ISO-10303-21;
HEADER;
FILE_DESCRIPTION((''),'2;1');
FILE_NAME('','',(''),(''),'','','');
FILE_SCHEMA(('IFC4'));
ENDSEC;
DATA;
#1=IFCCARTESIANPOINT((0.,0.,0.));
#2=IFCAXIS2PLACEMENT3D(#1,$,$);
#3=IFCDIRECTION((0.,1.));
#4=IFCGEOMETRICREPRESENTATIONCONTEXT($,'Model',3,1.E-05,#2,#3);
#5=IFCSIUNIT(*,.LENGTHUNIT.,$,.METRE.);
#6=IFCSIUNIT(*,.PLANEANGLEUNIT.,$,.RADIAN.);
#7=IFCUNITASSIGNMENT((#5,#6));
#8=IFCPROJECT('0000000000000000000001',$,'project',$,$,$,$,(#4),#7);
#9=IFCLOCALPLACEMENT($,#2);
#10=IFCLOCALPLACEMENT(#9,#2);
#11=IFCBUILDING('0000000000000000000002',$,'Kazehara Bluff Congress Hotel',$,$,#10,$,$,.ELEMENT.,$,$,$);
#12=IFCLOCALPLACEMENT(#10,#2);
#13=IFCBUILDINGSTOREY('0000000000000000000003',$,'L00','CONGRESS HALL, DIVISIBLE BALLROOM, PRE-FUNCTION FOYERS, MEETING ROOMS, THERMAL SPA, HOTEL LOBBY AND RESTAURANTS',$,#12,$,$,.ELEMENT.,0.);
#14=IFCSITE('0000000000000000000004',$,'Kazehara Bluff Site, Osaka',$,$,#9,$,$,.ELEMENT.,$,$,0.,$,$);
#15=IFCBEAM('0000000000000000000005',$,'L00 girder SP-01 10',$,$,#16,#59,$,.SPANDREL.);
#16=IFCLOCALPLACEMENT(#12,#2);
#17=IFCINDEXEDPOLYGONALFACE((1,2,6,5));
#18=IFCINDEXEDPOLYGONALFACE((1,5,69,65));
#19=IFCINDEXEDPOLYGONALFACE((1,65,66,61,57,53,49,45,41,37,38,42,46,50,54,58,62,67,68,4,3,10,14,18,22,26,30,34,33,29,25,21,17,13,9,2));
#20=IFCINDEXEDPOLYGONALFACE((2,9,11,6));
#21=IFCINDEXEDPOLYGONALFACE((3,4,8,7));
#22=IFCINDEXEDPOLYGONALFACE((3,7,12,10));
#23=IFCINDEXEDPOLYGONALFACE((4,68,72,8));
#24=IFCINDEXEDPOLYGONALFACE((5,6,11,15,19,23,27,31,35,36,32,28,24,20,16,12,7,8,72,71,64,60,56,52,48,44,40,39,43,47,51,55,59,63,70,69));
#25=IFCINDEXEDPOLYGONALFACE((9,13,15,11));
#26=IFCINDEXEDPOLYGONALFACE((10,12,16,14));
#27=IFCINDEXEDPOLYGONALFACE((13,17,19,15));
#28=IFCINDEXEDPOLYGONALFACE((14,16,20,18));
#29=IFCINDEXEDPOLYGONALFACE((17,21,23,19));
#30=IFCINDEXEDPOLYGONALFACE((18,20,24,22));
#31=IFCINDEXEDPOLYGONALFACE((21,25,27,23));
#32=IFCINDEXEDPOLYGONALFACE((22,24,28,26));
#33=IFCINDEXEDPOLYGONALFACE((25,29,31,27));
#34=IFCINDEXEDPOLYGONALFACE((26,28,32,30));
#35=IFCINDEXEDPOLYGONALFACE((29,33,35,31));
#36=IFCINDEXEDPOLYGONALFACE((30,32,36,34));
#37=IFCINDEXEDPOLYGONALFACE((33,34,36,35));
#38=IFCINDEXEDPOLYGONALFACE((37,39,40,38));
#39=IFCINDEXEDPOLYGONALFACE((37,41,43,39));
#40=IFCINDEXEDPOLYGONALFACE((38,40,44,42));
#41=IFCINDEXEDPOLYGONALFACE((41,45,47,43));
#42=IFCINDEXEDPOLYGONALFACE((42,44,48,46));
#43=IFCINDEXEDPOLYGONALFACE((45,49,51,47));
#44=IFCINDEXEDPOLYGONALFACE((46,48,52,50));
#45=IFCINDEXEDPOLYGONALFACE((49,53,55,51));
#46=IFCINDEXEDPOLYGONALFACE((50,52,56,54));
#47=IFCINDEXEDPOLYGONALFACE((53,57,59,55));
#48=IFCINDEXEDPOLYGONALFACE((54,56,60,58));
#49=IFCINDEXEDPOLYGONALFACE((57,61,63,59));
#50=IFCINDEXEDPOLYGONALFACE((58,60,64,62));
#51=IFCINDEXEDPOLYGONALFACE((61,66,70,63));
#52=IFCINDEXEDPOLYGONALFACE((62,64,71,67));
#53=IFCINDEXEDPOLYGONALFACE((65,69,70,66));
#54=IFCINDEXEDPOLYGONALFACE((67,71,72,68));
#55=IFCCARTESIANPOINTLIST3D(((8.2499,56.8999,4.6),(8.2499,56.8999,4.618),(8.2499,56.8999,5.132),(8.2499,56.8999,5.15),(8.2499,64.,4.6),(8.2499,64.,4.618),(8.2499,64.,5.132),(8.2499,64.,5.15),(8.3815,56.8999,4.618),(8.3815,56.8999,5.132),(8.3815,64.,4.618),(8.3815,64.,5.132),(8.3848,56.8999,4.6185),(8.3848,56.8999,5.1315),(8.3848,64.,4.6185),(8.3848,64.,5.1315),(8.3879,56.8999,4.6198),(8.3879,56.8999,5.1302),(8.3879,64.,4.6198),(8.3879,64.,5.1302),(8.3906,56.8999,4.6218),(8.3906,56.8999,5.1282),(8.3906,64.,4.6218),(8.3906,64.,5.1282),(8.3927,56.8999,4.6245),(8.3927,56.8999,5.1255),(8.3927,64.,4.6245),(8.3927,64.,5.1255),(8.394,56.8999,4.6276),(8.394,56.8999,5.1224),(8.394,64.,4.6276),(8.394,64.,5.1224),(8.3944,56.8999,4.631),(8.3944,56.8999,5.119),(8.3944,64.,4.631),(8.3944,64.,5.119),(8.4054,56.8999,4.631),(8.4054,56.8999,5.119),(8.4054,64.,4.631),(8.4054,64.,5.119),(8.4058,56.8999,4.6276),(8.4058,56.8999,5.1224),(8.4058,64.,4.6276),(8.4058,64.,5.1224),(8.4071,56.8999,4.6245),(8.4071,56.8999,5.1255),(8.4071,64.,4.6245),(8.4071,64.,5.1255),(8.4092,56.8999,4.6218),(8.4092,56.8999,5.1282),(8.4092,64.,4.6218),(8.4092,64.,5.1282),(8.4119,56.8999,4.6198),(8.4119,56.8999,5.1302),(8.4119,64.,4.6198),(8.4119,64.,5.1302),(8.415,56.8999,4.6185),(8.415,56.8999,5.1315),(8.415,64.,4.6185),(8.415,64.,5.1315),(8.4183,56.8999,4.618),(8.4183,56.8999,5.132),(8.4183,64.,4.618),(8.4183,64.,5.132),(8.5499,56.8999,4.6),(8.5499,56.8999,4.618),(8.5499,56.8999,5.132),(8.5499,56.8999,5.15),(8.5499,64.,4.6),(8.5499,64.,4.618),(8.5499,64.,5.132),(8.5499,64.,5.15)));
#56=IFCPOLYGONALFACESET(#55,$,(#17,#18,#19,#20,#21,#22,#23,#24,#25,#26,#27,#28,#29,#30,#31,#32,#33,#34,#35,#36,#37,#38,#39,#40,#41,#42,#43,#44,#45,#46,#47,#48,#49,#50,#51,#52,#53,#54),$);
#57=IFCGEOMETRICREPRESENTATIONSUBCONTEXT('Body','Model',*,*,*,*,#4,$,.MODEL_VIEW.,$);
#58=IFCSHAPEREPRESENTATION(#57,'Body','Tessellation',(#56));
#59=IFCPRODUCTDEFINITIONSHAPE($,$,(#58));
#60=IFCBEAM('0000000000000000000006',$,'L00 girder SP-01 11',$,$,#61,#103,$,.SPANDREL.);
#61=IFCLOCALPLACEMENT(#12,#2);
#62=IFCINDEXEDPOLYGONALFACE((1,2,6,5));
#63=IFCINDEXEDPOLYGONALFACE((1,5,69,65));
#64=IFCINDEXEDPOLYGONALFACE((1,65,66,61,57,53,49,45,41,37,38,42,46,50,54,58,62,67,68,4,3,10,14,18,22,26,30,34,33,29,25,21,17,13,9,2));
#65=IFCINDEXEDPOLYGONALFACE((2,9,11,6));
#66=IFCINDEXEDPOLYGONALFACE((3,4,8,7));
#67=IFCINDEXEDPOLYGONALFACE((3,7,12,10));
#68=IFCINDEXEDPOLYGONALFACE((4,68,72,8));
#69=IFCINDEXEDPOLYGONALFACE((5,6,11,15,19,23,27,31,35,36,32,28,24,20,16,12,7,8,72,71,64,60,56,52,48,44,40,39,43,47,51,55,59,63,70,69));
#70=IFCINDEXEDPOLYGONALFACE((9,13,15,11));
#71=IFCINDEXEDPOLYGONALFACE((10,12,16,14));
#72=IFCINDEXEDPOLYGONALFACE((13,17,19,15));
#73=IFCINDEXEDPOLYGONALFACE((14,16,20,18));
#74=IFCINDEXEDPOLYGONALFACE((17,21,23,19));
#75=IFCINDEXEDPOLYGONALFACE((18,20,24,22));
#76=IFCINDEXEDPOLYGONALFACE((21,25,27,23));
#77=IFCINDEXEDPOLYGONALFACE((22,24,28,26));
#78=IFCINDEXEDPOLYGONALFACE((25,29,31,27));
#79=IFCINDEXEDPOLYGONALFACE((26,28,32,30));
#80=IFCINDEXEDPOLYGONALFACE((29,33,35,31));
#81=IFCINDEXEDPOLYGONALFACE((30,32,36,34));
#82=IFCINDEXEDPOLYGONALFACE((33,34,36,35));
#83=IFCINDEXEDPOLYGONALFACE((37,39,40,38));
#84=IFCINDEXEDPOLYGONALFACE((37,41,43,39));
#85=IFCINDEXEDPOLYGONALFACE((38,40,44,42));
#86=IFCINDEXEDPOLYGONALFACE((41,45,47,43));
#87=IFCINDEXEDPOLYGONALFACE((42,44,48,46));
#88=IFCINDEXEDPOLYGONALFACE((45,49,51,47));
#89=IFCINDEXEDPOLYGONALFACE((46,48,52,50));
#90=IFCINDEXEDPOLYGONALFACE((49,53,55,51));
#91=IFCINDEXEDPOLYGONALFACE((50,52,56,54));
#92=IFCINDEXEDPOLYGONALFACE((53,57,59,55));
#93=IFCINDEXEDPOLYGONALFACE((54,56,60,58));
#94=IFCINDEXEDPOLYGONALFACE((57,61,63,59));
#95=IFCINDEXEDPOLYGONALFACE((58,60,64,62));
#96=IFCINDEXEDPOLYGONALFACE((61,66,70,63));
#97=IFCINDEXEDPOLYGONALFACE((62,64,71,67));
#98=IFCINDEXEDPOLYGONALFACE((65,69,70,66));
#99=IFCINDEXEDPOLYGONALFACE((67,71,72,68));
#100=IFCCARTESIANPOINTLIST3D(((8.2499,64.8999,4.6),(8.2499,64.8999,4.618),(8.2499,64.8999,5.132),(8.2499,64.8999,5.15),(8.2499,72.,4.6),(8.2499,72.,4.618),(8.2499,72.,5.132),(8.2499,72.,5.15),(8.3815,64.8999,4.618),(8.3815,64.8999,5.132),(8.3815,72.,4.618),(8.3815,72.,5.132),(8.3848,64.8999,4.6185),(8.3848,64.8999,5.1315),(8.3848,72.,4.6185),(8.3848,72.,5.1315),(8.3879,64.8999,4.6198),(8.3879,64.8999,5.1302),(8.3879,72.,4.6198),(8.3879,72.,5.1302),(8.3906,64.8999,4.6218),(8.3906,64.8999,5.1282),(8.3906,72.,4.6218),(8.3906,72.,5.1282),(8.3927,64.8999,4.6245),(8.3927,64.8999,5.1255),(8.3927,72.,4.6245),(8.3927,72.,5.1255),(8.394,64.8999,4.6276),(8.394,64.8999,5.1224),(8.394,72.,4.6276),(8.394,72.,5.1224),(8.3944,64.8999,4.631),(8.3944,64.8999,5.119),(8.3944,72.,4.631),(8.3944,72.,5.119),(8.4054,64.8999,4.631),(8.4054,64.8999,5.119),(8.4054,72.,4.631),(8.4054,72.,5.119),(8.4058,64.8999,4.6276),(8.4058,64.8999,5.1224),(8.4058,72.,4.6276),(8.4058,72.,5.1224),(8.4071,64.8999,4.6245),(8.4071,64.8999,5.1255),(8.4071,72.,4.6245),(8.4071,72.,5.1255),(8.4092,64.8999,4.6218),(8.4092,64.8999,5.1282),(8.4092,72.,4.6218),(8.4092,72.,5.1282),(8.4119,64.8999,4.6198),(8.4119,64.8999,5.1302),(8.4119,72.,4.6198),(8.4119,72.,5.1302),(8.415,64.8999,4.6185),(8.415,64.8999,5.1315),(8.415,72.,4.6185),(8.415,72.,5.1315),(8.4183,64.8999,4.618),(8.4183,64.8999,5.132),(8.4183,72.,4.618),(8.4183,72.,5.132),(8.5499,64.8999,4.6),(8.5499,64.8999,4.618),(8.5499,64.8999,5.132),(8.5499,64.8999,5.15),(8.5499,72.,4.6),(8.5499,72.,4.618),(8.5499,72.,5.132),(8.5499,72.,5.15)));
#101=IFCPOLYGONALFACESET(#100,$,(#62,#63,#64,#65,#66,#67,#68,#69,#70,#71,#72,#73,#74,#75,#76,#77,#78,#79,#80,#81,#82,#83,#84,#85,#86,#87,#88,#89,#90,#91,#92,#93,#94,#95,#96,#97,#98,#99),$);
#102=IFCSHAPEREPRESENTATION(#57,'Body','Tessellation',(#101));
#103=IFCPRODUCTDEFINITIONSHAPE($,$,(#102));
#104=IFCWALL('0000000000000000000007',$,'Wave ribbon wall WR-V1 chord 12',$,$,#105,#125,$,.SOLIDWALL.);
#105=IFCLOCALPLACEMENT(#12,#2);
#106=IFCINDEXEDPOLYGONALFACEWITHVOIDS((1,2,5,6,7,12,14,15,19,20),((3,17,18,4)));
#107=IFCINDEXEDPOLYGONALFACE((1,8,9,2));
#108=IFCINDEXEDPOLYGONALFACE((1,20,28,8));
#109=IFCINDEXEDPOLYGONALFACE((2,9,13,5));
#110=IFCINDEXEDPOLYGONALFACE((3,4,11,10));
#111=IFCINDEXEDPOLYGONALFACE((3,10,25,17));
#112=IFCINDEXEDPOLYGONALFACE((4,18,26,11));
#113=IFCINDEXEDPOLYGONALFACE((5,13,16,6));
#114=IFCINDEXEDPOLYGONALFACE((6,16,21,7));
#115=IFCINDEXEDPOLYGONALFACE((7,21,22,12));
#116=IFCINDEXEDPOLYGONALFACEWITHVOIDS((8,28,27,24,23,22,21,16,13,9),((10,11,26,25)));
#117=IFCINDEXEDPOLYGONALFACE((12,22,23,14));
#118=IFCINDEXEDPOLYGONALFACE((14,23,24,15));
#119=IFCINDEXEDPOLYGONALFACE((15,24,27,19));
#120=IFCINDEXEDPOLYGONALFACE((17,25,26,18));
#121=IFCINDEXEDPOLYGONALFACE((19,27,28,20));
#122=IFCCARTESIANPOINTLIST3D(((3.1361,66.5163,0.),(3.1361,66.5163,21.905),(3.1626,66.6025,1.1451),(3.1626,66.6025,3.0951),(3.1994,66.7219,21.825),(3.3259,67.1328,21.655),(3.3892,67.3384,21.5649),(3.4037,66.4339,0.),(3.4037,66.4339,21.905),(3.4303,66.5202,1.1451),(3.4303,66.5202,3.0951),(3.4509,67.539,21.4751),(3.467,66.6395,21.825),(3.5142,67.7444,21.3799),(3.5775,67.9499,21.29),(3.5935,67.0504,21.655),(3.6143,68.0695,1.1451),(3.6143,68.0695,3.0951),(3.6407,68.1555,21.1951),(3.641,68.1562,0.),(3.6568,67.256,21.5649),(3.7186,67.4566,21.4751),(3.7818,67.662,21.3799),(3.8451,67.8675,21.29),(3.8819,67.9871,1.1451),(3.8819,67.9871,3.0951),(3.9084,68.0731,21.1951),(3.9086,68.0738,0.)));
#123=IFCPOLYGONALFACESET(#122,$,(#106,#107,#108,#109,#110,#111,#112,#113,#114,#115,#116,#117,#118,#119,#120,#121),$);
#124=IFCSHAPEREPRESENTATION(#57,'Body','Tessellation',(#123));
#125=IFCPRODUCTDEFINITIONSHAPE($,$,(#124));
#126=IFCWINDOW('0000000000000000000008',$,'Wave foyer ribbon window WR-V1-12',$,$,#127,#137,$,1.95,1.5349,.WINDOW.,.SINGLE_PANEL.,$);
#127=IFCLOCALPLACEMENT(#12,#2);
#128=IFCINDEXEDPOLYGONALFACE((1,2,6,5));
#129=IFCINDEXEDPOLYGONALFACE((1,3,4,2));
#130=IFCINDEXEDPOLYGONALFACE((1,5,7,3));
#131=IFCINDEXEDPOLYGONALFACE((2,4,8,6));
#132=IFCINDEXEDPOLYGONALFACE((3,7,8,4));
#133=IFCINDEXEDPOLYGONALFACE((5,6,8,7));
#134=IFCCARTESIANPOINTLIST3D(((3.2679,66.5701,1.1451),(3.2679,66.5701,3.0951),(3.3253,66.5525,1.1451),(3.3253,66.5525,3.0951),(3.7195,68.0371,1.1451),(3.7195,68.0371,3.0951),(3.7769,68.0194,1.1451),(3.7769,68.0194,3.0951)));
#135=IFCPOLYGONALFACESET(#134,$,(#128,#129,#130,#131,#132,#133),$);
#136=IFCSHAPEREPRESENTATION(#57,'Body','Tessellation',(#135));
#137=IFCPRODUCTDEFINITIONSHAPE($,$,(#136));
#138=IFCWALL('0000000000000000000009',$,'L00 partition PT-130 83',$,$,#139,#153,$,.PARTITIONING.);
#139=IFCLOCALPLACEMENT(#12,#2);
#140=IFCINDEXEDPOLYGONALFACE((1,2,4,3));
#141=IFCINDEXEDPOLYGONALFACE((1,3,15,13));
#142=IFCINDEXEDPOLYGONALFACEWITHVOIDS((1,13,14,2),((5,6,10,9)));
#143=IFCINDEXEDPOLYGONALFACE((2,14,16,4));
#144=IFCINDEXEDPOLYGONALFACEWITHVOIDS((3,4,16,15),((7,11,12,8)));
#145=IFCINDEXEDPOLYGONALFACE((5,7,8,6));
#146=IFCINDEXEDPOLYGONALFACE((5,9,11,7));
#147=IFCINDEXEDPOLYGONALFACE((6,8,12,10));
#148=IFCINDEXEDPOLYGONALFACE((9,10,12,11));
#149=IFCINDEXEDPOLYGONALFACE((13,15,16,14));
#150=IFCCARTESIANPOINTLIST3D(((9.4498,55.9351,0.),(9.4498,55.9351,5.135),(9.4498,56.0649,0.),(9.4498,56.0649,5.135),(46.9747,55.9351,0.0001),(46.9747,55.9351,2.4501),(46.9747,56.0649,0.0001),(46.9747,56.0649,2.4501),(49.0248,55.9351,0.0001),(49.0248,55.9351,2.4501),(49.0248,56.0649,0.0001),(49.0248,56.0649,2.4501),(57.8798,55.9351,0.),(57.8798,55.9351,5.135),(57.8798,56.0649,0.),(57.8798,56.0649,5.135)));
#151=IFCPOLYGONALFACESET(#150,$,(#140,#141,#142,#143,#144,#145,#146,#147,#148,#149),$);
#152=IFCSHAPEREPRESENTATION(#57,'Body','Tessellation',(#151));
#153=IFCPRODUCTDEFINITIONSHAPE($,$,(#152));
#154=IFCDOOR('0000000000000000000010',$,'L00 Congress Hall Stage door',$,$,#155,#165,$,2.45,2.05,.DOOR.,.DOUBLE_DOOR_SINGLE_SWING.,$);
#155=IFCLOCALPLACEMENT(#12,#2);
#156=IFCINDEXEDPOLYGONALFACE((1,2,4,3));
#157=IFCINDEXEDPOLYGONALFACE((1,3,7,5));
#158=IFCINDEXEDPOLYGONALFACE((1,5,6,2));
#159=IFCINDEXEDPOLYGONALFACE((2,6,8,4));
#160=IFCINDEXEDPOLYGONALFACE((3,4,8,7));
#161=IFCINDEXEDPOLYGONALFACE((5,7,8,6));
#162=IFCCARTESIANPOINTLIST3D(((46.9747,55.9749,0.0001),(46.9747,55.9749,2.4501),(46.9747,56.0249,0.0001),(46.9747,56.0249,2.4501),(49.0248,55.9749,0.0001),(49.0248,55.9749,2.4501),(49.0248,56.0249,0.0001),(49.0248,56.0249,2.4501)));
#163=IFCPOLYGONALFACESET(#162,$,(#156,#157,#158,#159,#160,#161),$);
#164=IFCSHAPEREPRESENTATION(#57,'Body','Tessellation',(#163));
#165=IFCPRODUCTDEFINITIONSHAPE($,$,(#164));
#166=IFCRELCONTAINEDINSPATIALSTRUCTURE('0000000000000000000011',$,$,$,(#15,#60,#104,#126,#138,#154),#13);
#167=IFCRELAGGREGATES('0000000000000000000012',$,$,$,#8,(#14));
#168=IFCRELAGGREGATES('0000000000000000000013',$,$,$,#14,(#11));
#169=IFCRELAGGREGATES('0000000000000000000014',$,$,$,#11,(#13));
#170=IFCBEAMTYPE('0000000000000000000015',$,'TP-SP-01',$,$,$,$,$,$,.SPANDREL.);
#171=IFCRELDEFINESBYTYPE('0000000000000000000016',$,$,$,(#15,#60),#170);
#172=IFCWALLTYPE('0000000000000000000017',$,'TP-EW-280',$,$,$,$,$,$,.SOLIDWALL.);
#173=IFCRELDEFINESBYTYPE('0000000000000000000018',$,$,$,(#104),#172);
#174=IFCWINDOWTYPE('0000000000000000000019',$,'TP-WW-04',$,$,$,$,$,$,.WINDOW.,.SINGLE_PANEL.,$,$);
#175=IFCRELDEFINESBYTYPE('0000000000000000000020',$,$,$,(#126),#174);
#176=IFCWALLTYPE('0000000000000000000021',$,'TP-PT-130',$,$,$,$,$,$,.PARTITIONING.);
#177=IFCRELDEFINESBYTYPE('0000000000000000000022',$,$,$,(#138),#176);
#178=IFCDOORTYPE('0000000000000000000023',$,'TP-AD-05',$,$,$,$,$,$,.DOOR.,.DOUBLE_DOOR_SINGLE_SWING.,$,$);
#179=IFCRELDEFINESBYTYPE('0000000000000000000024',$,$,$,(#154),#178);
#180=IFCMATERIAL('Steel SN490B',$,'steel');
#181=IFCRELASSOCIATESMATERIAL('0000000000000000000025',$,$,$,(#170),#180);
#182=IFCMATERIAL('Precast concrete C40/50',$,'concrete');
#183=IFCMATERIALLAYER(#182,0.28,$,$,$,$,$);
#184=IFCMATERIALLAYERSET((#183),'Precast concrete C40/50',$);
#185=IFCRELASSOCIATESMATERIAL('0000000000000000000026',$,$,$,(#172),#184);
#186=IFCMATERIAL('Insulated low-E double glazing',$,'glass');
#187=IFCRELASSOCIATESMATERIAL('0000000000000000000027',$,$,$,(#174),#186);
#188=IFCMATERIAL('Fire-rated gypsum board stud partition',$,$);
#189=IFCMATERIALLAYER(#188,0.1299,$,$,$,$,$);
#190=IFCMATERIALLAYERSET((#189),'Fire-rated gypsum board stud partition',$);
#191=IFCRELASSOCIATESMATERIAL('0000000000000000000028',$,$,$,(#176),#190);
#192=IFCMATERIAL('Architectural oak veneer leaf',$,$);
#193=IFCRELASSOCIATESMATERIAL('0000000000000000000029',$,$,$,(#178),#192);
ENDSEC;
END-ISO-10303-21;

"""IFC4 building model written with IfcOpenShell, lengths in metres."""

from ifc_helpers import new_model, si_unit, direction, frame, frame_2d, origin, origin_2d, place, context, subcontext, project, spatial, polyline, rectangle, i_section, outline, extrude, material, layer, layer_set, material_profile, profile_set, type_object, element, fill, save


model = new_model("IFC4")

# Units and contexts
model_context = context("Model", 3, precision=1e-05, world=origin(), true_north=direction((0.0, 1.0)))
body_context = subcontext(model_context, "Body", "Model", "MODEL_VIEW")
ifc_project = project(units=[si_unit("LENGTHUNIT", "METRE"), si_unit("PLANEANGLEUNIT", "RADIAN")], contexts=[model_context])

# Site, building, storey
site_placement = place(None, origin())
site = spatial("IfcSite", under=ifc_project, at=site_placement, Name="Kazehara Bluff Site, Osaka", CompositionType="ELEMENT", RefElevation=0.0)
building_placement = place(site_placement, origin())
building = spatial("IfcBuilding", under=site, at=building_placement, Name="Kazehara Bluff Congress Hotel", CompositionType="ELEMENT")
storey_placement = place(building_placement, origin())
storey = spatial("IfcBuildingStorey", under=building, at=storey_placement, Name="L00", Description="CONGRESS HALL, DIVISIBLE BALLROOM, PRE-FUNCTION FOYERS, MEETING ROOMS, THERMAL SPA, HOTEL LOBBY AND RESTAURANTS", CompositionType="ELEMENT", Elevation=0.0)

# Beams
ifc_material_1 = material(Name="Steel SN490B", Category="steel")
ifc_material_profile_1 = material_profile(ifc_material_1, i_section(OverallWidth=0.3, OverallDepth=0.55, WebThickness=0.011, FlangeThickness=0.0181, FilletRadius=0.0129, at=origin_2d()))
ifc_profile_set_1 = profile_set([ifc_material_profile_1], Name="Steel SN490B")
beam_type_1 = type_object("IfcBeamType", Name="TP-SP-01", PredefinedType="SPANDREL", material=ifc_profile_set_1)
for number, where, z_axis, x_axis, name in (
    (1, (8.3999, 56.8999, 4.875), (0.0, 1.0, 0.0), (-1.0, 0.0, 0.0), "L00 girder SP-01 10"),
    (2, (8.3999, 64.8999, 4.875), (0.0, 1.0, 0.0), (-1.0, 0.0, 0.0), "L00 girder SP-01 11"),
):
    element("IfcBeam", number, at=place(storey_placement, frame(where, z_axis=z_axis, x_axis=x_axis)), inside=storey, type_object=beam_type_1, Name=name, PredefinedType="SPANDREL", context=body_context, shape_type="SweptSolid", body=[
        extrude(i_section(OverallWidth=0.3, OverallDepth=0.55, WebThickness=0.011, FlangeThickness=0.0181, FilletRadius=0.0129, at=origin_2d()), origin(), (0.0, 0.0, 1.0), 7.1001),
    ])

# Wall, opening, window
ifc_material_2 = material(Name="Precast concrete C40/50", Category="concrete")
ifc_layer_1 = layer(ifc_material_2, 0.28)
ifc_layer_set_1 = layer_set([ifc_layer_1], Name="Precast concrete C40/50")
wall_type_1 = type_object("IfcWallType", Name="TP-EW-280", PredefinedType="SOLIDWALL", material=ifc_layer_set_1)
wall_1_placement = place(storey_placement, frame((3.27, 66.4751, 0.0), z_axis=(0.0, 0.0, 1.0), x_axis=(0.294246, 0.95573, 0.0)))
wall_1 = element("IfcWall", 3, at=wall_1_placement, inside=storey, type_object=wall_type_1, Name="Wave ribbon wall WR-V1 chord 12", PredefinedType="SOLIDWALL", context=body_context, shape_type="SweptSolid", body=[
    extrude(outline(polyline([(0.0, 0.0), (1.7158, 0.0), (1.7151, 21.1951), (1.5, 21.29), (1.2849, 21.3799), (1.0701, 21.4751), (0.8601, 21.5649), (0.645, 21.655), (0.4299, 21.74), (0.2151, 21.825), (0.0, 21.905), (0.0, 0.0)])), frame((0.0, 0.1401, 0.0), z_axis=(0.0, -1.0, 0.0), x_axis=(1.0, 0.0, 0.0)), (0.0, 0.0, 1.0), 0.28),
])
opening_1_placement = place(wall_1_placement, frame((0.0901, 0.0, 1.145)))
opening_1 = element("IfcOpeningElement", 4, at=opening_1_placement, cuts=wall_1, PredefinedType="OPENING", context=body_context, shape_type="SweptSolid", body=[
    extrude(rectangle(XDim=1.5349, YDim=1.95, at=frame_2d((0.7676, 0.9751))), frame((0.0, 0.1499, 0.0), z_axis=(0.0, -1.0, 0.0), x_axis=(1.0, 0.0, 0.0)), (0.0, 0.0, 1.0), 0.3),
])
ifc_material_3 = material(Name="Insulated low-E double glazing", Category="glass")
window_type = type_object("IfcWindowType", Name="TP-WW-04", PartitioningType="SINGLE_PANEL", PredefinedType="WINDOW", material=ifc_material_3)
window_placement = place(opening_1_placement, origin())
window = element("IfcWindow", 5, at=window_placement, inside=storey, type_object=window_type, Name="Wave foyer ribbon window WR-V1-12", OverallHeight=1.95, OverallWidth=1.5349, PartitioningType="SINGLE_PANEL", PredefinedType="WINDOW", context=body_context, shape_type="SweptSolid", body=[
    extrude(rectangle(XDim=1.5349, YDim=1.95, at=frame_2d((0.7676, 0.9751))), frame((0.0, 0.03, 0.0), z_axis=(0.0, -1.0, 0.0), x_axis=(1.0, 0.0, 0.0)), (0.0, 0.0, 1.0), 0.0601),
])
fill(opening_1, window)

# Wall, opening, door
ifc_material_4 = material(Name="Fire-rated gypsum board stud partition")
ifc_layer_2 = layer(ifc_material_4, 0.1299)
ifc_layer_set_2 = layer_set([ifc_layer_2], Name="Fire-rated gypsum board stud partition")
wall_type_2 = type_object("IfcWallType", Name="TP-PT-130", PredefinedType="PARTITIONING", material=ifc_layer_set_2)
wall_2_placement = place(storey_placement, frame((9.45, 56.0, 0.0), z_axis=(0.0, 0.0, 1.0), x_axis=(1.0, 0.0, 0.0)))
wall_2 = element("IfcWall", 6, at=wall_2_placement, inside=storey, type_object=wall_type_2, Name="L00 partition PT-130 83", PredefinedType="PARTITIONING", context=body_context, shape_type="SweptSolid", body=[
    extrude(rectangle(XDim=48.4299, YDim=0.1299, at=frame_2d((24.2148, 0.0))), origin(), (0.0, 0.0, 1.0), 5.135),
])
opening_2_placement = place(wall_2_placement, frame((37.5249, 0.0, 0.0)))
opening_2 = element("IfcOpeningElement", 7, at=opening_2_placement, cuts=wall_2, PredefinedType="OPENING", context=body_context, shape_type="SweptSolid", body=[
    extrude(rectangle(XDim=2.05, YDim=2.45, at=frame_2d((1.0249, 1.2251))), frame((0.0, 0.075, 0.0), z_axis=(0.0, -1.0, 0.0), x_axis=(1.0, 0.0, 0.0)), (0.0, 0.0, 1.0), 0.1499),
])
ifc_material_5 = material(Name="Architectural oak veneer leaf")
door_type = type_object("IfcDoorType", Name="TP-AD-05", OperationType="DOUBLE_DOOR_SINGLE_SWING", PredefinedType="DOOR", material=ifc_material_5)
door_placement = place(opening_2_placement, origin())
door = element("IfcDoor", 8, at=door_placement, inside=storey, type_object=door_type, Name="L00 Congress Hall Stage door", OperationType="DOUBLE_DOOR_SINGLE_SWING", OverallHeight=2.45, OverallWidth=2.05, PredefinedType="DOOR", context=body_context, shape_type="SweptSolid", body=[
    extrude(rectangle(XDim=2.05, YDim=2.45, at=frame_2d((1.0249, 1.2251))), frame((0.0, 0.0249, 0.0), z_axis=(0.0, -1.0, 0.0), x_axis=(1.0, 0.0, 0.0)), (0.0, 0.0, 1.0), 0.05),
])
fill(opening_2, door)

save(model, "model.ifc")
